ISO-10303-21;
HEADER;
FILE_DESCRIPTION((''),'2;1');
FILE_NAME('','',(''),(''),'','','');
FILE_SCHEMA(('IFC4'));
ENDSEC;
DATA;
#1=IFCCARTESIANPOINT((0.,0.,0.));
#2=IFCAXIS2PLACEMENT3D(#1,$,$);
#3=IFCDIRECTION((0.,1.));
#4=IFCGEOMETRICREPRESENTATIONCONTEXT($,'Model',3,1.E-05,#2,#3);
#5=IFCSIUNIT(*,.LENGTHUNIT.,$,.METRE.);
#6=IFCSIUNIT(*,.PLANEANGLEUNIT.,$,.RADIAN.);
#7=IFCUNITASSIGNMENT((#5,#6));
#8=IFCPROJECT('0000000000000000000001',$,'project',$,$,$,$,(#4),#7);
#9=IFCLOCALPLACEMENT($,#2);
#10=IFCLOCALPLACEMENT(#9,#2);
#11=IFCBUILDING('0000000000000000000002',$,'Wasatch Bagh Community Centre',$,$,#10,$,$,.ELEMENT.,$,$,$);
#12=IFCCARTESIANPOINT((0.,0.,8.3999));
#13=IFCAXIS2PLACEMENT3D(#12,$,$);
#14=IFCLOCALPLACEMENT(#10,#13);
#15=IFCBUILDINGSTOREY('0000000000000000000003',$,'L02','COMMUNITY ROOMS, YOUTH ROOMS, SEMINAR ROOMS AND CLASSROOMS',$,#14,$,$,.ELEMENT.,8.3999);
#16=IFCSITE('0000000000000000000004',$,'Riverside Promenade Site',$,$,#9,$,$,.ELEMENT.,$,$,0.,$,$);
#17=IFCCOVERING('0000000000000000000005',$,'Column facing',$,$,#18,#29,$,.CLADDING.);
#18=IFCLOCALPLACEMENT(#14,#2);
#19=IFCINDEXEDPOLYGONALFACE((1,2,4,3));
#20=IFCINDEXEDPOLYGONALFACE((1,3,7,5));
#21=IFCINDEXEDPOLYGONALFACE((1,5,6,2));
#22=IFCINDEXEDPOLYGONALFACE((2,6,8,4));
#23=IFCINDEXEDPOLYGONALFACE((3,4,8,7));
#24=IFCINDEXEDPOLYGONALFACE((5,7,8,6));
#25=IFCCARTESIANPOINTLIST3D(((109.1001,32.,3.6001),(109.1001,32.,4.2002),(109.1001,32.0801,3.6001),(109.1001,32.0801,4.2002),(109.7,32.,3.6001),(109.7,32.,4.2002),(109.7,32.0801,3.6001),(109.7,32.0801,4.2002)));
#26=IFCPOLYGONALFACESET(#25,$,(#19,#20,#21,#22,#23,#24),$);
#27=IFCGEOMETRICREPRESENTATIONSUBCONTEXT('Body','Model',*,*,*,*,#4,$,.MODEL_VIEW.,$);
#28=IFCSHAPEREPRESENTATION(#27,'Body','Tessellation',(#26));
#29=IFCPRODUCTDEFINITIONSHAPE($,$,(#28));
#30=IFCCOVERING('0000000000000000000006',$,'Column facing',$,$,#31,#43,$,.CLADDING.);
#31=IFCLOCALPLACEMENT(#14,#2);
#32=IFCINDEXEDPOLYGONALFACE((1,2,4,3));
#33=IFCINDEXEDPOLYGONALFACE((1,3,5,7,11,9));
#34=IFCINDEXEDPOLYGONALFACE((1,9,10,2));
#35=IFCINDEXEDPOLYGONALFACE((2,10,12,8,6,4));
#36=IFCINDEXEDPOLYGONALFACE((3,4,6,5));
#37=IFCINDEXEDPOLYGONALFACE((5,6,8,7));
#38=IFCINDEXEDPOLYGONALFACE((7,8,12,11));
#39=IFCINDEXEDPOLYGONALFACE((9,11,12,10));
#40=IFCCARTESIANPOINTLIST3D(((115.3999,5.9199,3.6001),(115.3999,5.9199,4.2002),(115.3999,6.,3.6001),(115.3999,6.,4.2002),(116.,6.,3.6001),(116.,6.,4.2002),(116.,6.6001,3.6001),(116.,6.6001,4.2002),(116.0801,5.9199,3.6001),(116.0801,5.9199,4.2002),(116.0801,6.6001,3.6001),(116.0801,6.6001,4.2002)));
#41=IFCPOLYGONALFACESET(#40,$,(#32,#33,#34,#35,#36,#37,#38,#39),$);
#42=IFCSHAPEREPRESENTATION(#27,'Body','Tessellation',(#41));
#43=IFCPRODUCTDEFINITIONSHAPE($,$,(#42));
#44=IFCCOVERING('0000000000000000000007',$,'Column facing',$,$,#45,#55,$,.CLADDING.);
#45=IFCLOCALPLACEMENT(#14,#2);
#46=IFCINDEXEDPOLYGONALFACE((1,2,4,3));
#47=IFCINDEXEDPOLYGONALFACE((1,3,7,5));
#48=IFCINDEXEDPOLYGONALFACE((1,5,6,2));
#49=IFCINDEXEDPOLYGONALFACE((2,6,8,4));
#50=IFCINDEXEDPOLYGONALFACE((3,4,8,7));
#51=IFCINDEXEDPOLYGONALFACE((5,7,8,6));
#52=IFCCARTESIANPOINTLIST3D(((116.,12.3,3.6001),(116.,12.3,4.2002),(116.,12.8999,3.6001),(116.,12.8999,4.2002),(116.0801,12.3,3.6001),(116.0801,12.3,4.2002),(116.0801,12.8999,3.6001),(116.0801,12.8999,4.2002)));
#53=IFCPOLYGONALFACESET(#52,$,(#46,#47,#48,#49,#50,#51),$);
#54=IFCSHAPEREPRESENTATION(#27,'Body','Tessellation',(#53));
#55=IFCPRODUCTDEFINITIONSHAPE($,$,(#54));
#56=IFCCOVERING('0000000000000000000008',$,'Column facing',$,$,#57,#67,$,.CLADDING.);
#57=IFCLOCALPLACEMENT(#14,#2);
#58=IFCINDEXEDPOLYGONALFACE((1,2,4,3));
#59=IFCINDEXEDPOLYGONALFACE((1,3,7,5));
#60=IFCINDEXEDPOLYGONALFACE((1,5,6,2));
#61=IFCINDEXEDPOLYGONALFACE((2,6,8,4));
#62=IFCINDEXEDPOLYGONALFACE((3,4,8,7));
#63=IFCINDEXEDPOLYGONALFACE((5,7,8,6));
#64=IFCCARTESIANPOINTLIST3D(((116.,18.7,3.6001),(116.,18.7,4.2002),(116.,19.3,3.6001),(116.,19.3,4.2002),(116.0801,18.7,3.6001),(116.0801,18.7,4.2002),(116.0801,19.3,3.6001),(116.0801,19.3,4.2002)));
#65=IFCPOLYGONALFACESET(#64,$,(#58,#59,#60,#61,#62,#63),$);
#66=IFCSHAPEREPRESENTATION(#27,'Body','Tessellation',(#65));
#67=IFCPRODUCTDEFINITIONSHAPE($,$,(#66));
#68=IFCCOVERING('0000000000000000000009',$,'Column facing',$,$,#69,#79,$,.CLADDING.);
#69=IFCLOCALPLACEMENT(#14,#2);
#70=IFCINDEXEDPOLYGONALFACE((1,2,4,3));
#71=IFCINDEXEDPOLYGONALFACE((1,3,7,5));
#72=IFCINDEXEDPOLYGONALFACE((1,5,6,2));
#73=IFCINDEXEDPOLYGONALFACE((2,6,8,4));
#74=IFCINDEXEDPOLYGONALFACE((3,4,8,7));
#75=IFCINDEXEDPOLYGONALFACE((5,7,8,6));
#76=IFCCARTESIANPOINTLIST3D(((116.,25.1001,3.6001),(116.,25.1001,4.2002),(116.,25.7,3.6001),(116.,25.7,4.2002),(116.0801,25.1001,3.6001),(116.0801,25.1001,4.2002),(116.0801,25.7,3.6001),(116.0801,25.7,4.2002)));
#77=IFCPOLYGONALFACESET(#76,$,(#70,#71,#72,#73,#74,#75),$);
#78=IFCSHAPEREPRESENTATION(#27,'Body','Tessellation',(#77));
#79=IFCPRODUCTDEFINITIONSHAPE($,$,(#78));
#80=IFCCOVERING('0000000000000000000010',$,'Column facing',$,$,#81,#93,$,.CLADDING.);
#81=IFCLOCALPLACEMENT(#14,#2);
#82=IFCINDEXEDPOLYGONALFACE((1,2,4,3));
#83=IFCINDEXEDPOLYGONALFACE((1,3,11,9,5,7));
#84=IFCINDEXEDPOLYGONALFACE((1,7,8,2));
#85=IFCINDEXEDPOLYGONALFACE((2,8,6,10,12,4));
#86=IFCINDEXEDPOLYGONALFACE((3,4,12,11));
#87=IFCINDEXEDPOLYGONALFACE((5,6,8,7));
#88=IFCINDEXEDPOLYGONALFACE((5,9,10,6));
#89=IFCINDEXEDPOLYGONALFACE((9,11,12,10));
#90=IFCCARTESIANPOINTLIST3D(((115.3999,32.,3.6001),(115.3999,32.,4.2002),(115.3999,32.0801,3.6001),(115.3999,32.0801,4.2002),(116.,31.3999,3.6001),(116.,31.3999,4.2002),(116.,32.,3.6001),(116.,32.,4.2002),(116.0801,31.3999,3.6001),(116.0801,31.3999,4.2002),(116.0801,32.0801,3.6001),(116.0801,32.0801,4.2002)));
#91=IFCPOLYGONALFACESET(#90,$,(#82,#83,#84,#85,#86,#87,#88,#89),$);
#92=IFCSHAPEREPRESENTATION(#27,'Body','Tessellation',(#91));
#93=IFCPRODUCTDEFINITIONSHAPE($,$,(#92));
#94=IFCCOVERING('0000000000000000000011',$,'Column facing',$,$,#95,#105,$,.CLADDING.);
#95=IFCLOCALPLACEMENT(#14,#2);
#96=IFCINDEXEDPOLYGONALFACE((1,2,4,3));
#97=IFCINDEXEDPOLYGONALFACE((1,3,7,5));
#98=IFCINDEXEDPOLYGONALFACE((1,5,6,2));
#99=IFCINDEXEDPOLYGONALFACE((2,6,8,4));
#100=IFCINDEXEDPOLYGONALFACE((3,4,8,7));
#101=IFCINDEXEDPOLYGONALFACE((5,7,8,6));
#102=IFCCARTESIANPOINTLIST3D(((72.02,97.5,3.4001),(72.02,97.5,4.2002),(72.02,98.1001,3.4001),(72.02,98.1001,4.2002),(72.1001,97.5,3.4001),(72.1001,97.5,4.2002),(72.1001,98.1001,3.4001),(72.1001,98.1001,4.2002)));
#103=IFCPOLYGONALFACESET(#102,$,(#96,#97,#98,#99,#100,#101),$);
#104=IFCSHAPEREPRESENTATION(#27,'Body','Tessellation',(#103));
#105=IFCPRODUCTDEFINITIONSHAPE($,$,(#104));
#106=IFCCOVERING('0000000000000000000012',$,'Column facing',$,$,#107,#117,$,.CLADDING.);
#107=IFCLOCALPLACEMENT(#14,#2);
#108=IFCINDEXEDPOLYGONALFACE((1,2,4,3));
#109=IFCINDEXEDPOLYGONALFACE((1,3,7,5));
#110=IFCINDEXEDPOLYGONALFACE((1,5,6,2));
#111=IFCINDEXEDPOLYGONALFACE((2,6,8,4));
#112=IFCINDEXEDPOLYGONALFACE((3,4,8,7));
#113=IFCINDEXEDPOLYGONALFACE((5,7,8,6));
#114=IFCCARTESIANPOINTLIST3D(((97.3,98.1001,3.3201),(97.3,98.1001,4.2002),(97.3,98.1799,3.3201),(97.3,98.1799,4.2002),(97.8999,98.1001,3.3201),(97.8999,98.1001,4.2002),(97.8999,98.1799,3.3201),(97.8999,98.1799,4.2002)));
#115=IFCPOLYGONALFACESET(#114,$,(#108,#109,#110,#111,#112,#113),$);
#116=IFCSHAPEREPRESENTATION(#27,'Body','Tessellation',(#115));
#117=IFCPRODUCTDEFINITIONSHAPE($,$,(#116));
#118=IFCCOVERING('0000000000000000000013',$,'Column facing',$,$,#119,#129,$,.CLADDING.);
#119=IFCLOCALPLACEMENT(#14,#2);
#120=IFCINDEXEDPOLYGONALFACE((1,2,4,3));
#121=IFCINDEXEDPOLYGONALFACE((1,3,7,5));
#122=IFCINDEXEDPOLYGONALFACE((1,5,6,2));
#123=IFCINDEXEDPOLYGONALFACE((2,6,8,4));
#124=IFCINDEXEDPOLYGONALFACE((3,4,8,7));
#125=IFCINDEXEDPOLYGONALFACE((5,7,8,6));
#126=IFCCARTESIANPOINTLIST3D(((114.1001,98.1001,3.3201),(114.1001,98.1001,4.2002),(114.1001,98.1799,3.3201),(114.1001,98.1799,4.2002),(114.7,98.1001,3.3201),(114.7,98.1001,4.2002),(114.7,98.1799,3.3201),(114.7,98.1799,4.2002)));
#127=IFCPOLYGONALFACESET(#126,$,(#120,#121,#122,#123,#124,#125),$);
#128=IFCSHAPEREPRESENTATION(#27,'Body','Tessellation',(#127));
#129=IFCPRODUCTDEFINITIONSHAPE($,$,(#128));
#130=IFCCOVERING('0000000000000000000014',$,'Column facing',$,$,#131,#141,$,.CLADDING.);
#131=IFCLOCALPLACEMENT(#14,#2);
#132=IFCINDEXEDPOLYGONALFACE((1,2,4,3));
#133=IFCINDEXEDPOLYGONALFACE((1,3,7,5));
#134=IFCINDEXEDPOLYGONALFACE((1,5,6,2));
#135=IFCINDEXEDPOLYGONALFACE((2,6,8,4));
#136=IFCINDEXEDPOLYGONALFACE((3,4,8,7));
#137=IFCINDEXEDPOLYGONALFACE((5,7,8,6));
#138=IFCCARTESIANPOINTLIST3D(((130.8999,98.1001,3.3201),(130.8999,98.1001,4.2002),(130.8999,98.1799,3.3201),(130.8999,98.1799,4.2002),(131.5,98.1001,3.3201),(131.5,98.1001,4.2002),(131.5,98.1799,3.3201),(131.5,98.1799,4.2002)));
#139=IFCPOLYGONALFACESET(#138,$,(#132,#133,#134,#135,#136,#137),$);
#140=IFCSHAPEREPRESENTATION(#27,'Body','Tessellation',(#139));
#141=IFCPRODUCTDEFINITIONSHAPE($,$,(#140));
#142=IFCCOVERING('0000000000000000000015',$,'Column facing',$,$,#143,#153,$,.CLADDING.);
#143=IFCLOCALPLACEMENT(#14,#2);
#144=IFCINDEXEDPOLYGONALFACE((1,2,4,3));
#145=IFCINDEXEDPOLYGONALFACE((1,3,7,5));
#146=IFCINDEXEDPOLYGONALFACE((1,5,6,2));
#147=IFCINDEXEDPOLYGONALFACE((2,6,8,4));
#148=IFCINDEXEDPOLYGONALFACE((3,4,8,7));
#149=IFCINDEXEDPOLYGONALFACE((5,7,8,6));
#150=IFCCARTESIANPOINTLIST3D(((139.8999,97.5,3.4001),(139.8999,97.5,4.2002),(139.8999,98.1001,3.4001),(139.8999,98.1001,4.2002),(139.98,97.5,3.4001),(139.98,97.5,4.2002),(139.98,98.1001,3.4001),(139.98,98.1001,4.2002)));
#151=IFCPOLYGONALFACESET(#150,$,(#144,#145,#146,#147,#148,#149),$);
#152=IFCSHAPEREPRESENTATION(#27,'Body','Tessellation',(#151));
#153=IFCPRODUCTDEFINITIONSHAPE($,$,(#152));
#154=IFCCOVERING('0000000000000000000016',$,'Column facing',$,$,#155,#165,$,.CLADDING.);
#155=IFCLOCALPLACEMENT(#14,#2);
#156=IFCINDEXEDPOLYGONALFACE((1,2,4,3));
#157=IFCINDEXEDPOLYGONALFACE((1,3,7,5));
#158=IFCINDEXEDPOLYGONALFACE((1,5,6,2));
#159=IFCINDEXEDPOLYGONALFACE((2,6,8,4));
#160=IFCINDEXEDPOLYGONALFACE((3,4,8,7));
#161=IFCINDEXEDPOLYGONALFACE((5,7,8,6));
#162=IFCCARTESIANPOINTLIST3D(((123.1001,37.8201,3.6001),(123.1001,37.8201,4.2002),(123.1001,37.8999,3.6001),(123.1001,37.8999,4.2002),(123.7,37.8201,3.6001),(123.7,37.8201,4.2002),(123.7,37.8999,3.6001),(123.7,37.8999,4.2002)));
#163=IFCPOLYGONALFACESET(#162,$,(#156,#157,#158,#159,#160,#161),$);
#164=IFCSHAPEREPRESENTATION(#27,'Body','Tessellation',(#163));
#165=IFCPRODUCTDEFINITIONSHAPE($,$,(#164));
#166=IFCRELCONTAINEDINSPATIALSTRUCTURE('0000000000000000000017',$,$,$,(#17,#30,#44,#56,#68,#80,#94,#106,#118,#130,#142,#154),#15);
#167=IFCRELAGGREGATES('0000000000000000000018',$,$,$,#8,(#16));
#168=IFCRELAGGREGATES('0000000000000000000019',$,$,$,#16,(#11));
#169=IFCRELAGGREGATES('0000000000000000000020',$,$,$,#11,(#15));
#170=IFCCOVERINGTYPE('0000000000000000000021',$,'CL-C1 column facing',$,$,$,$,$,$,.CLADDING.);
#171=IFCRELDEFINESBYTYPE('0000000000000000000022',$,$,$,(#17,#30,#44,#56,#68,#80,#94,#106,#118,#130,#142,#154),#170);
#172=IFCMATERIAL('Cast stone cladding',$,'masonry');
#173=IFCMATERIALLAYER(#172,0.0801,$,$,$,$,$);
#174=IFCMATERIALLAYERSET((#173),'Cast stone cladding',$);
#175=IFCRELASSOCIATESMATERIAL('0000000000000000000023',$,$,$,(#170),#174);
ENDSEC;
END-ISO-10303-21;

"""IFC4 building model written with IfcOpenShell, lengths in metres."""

from ifc_helpers import new_model, si_unit, direction, frame, origin, place, context, subcontext, project, spatial, polyline, outline, extrude, material, layer, layer_set, type_object, element, save


model = new_model("IFC4")

# Units and contexts
model_context = context("Model", 3, precision=1e-05, world=origin(), true_north=direction((0.0, 1.0)))
body_context = subcontext(model_context, "Body", "Model", "MODEL_VIEW")
ifc_project = project(units=[si_unit("LENGTHUNIT", "METRE"), si_unit("PLANEANGLEUNIT", "RADIAN")], contexts=[model_context])

# Site, building, storey
site_placement = place(None, origin())
site = spatial("IfcSite", under=ifc_project, at=site_placement, Name="Riverside Promenade Site", CompositionType="ELEMENT", RefElevation=0.0)
building_placement = place(site_placement, origin())
building = spatial("IfcBuilding", under=site, at=building_placement, Name="Wasatch Bagh Community Centre", CompositionType="ELEMENT")
storey_placement = place(building_placement, frame((0.0, 0.0, 8.3999)))
storey = spatial("IfcBuildingStorey", under=building, at=storey_placement, Name="L02", Description="COMMUNITY ROOMS, YOUTH ROOMS, SEMINAR ROOMS AND CLASSROOMS", CompositionType="ELEMENT", Elevation=8.3999)

# Coverings
ifc_material_1 = material(Name="Cast stone cladding", Category="masonry")
ifc_layer_1 = layer(ifc_material_1, 0.0801)
ifc_layer_set_1 = layer_set([ifc_layer_1], Name="Cast stone cladding")
covering_type = type_object("IfcCoveringType", Name="CL-C1 column facing", PredefinedType="CLADDING", material=ifc_layer_set_1)
covering_1_placement = place(storey_placement, frame((0.0, 0.0, 3.6001)))
element("IfcCovering", 1, at=covering_1_placement, inside=storey, type_object=covering_type, Name="Column facing", PredefinedType="CLADDING", context=body_context, shape_type="SweptSolid", body=[
    extrude(outline(polyline([(109.7, 32.0), (109.1001, 32.0), (109.1001, 32.0801), (109.7, 32.0801), (109.7, 32.0)])), origin(), (0.0, 0.0, 1.0), 0.6001),
])
covering_2_placement = place(storey_placement, frame((0.0, 0.0, 3.6001)))
element("IfcCovering", 2, at=covering_2_placement, inside=storey, type_object=covering_type, Name="Column facing", PredefinedType="CLADDING", context=body_context, shape_type="SweptSolid", body=[
    extrude(outline(polyline([(116.0, 6.0), (116.0, 6.6001), (116.0801, 6.6001), (116.0801, 5.9199), (115.3999, 5.9199), (115.3999, 6.0), (116.0, 6.0)])), origin(), (0.0, 0.0, 1.0), 0.6001),
])
covering_3_placement = place(storey_placement, frame((0.0, 0.0, 3.6001)))
element("IfcCovering", 3, at=covering_3_placement, inside=storey, type_object=covering_type, Name="Column facing", PredefinedType="CLADDING", context=body_context, shape_type="SweptSolid", body=[
    extrude(outline(polyline([(116.0, 12.3), (116.0, 12.8999), (116.0801, 12.8999), (116.0801, 12.3), (116.0, 12.3)])), origin(), (0.0, 0.0, 1.0), 0.6001),
])
covering_4_placement = place(storey_placement, frame((0.0, 0.0, 3.6001)))
element("IfcCovering", 4, at=covering_4_placement, inside=storey, type_object=covering_type, Name="Column facing", PredefinedType="CLADDING", context=body_context, shape_type="SweptSolid", body=[
    extrude(outline(polyline([(116.0, 18.7), (116.0, 19.3), (116.0801, 19.3), (116.0801, 18.7), (116.0, 18.7)])), origin(), (0.0, 0.0, 1.0), 0.6001),
])
covering_5_placement = place(storey_placement, frame((0.0, 0.0, 3.6001)))
element("IfcCovering", 5, at=covering_5_placement, inside=storey, type_object=covering_type, Name="Column facing", PredefinedType="CLADDING", context=body_context, shape_type="SweptSolid", body=[
    extrude(outline(polyline([(116.0, 25.1001), (116.0, 25.7), (116.0801, 25.7), (116.0801, 25.1001), (116.0, 25.1001)])), origin(), (0.0, 0.0, 1.0), 0.6001),
])
covering_6_placement = place(storey_placement, frame((0.0, 0.0, 3.6001)))
element("IfcCovering", 6, at=covering_6_placement, inside=storey, type_object=covering_type, Name="Column facing", PredefinedType="CLADDING", context=body_context, shape_type="SweptSolid", body=[
    extrude(outline(polyline([(116.0, 32.0), (115.3999, 32.0), (115.3999, 32.0801), (116.0801, 32.0801), (116.0801, 31.3999), (116.0, 31.3999), (116.0, 32.0)])), origin(), (0.0, 0.0, 1.0), 0.6001),
])
covering_7_placement = place(storey_placement, frame((0.0, 0.0, 3.4001)))
element("IfcCovering", 7, at=covering_7_placement, inside=storey, type_object=covering_type, Name="Column facing", PredefinedType="CLADDING", context=body_context, shape_type="SweptSolid", body=[
    extrude(outline(polyline([(72.1001, 98.1001), (72.1001, 97.5), (72.02, 97.5), (72.02, 98.1001), (72.1001, 98.1001)])), origin(), (0.0, 0.0, 1.0), 0.8),
])
covering_8_placement = place(storey_placement, frame((0.0, 0.0, 3.3201)))
element("IfcCovering", 8, at=covering_8_placement, inside=storey, type_object=covering_type, Name="Column facing", PredefinedType="CLADDING", context=body_context, shape_type="SweptSolid", body=[
    extrude(outline(polyline([(97.8999, 98.1001), (97.3, 98.1001), (97.3, 98.1799), (97.8999, 98.1799), (97.8999, 98.1001)])), origin(), (0.0, 0.0, 1.0), 0.8801),
])
covering_9_placement = place(storey_placement, frame((0.0, 0.0, 3.3201)))
element("IfcCovering", 9, at=covering_9_placement, inside=storey, type_object=covering_type, Name="Column facing", PredefinedType="CLADDING", context=body_context, shape_type="SweptSolid", body=[
    extrude(outline(polyline([(114.7, 98.1001), (114.1001, 98.1001), (114.1001, 98.1799), (114.7, 98.1799), (114.7, 98.1001)])), origin(), (0.0, 0.0, 1.0), 0.8801),
])
covering_10_placement = place(storey_placement, frame((0.0, 0.0, 3.3201)))
element("IfcCovering", 10, at=covering_10_placement, inside=storey, type_object=covering_type, Name="Column facing", PredefinedType="CLADDING", context=body_context, shape_type="SweptSolid", body=[
    extrude(outline(polyline([(131.5, 98.1001), (130.8999, 98.1001), (130.8999, 98.1799), (131.5, 98.1799), (131.5, 98.1001)])), origin(), (0.0, 0.0, 1.0), 0.8801),
])
covering_11_placement = place(storey_placement, frame((0.0, 0.0, 3.4001)))
element("IfcCovering", 11, at=covering_11_placement, inside=storey, type_object=covering_type, Name="Column facing", PredefinedType="CLADDING", context=body_context, shape_type="SweptSolid", body=[
    extrude(outline(polyline([(139.8999, 97.5), (139.8999, 98.1001), (139.98, 98.1001), (139.98, 97.5), (139.8999, 97.5)])), origin(), (0.0, 0.0, 1.0), 0.8),
])
covering_12_placement = place(storey_placement, frame((0.0, 0.0, 3.6001)))
element("IfcCovering", 12, at=covering_12_placement, inside=storey, type_object=covering_type, Name="Column facing", PredefinedType="CLADDING", context=body_context, shape_type="SweptSolid", body=[
    extrude(outline(polyline([(123.1001, 37.8999), (123.7, 37.8999), (123.7, 37.8201), (123.1001, 37.8201), (123.1001, 37.8999)])), origin(), (0.0, 0.0, 1.0), 0.6001),
])

save(model, "model.ifc")
